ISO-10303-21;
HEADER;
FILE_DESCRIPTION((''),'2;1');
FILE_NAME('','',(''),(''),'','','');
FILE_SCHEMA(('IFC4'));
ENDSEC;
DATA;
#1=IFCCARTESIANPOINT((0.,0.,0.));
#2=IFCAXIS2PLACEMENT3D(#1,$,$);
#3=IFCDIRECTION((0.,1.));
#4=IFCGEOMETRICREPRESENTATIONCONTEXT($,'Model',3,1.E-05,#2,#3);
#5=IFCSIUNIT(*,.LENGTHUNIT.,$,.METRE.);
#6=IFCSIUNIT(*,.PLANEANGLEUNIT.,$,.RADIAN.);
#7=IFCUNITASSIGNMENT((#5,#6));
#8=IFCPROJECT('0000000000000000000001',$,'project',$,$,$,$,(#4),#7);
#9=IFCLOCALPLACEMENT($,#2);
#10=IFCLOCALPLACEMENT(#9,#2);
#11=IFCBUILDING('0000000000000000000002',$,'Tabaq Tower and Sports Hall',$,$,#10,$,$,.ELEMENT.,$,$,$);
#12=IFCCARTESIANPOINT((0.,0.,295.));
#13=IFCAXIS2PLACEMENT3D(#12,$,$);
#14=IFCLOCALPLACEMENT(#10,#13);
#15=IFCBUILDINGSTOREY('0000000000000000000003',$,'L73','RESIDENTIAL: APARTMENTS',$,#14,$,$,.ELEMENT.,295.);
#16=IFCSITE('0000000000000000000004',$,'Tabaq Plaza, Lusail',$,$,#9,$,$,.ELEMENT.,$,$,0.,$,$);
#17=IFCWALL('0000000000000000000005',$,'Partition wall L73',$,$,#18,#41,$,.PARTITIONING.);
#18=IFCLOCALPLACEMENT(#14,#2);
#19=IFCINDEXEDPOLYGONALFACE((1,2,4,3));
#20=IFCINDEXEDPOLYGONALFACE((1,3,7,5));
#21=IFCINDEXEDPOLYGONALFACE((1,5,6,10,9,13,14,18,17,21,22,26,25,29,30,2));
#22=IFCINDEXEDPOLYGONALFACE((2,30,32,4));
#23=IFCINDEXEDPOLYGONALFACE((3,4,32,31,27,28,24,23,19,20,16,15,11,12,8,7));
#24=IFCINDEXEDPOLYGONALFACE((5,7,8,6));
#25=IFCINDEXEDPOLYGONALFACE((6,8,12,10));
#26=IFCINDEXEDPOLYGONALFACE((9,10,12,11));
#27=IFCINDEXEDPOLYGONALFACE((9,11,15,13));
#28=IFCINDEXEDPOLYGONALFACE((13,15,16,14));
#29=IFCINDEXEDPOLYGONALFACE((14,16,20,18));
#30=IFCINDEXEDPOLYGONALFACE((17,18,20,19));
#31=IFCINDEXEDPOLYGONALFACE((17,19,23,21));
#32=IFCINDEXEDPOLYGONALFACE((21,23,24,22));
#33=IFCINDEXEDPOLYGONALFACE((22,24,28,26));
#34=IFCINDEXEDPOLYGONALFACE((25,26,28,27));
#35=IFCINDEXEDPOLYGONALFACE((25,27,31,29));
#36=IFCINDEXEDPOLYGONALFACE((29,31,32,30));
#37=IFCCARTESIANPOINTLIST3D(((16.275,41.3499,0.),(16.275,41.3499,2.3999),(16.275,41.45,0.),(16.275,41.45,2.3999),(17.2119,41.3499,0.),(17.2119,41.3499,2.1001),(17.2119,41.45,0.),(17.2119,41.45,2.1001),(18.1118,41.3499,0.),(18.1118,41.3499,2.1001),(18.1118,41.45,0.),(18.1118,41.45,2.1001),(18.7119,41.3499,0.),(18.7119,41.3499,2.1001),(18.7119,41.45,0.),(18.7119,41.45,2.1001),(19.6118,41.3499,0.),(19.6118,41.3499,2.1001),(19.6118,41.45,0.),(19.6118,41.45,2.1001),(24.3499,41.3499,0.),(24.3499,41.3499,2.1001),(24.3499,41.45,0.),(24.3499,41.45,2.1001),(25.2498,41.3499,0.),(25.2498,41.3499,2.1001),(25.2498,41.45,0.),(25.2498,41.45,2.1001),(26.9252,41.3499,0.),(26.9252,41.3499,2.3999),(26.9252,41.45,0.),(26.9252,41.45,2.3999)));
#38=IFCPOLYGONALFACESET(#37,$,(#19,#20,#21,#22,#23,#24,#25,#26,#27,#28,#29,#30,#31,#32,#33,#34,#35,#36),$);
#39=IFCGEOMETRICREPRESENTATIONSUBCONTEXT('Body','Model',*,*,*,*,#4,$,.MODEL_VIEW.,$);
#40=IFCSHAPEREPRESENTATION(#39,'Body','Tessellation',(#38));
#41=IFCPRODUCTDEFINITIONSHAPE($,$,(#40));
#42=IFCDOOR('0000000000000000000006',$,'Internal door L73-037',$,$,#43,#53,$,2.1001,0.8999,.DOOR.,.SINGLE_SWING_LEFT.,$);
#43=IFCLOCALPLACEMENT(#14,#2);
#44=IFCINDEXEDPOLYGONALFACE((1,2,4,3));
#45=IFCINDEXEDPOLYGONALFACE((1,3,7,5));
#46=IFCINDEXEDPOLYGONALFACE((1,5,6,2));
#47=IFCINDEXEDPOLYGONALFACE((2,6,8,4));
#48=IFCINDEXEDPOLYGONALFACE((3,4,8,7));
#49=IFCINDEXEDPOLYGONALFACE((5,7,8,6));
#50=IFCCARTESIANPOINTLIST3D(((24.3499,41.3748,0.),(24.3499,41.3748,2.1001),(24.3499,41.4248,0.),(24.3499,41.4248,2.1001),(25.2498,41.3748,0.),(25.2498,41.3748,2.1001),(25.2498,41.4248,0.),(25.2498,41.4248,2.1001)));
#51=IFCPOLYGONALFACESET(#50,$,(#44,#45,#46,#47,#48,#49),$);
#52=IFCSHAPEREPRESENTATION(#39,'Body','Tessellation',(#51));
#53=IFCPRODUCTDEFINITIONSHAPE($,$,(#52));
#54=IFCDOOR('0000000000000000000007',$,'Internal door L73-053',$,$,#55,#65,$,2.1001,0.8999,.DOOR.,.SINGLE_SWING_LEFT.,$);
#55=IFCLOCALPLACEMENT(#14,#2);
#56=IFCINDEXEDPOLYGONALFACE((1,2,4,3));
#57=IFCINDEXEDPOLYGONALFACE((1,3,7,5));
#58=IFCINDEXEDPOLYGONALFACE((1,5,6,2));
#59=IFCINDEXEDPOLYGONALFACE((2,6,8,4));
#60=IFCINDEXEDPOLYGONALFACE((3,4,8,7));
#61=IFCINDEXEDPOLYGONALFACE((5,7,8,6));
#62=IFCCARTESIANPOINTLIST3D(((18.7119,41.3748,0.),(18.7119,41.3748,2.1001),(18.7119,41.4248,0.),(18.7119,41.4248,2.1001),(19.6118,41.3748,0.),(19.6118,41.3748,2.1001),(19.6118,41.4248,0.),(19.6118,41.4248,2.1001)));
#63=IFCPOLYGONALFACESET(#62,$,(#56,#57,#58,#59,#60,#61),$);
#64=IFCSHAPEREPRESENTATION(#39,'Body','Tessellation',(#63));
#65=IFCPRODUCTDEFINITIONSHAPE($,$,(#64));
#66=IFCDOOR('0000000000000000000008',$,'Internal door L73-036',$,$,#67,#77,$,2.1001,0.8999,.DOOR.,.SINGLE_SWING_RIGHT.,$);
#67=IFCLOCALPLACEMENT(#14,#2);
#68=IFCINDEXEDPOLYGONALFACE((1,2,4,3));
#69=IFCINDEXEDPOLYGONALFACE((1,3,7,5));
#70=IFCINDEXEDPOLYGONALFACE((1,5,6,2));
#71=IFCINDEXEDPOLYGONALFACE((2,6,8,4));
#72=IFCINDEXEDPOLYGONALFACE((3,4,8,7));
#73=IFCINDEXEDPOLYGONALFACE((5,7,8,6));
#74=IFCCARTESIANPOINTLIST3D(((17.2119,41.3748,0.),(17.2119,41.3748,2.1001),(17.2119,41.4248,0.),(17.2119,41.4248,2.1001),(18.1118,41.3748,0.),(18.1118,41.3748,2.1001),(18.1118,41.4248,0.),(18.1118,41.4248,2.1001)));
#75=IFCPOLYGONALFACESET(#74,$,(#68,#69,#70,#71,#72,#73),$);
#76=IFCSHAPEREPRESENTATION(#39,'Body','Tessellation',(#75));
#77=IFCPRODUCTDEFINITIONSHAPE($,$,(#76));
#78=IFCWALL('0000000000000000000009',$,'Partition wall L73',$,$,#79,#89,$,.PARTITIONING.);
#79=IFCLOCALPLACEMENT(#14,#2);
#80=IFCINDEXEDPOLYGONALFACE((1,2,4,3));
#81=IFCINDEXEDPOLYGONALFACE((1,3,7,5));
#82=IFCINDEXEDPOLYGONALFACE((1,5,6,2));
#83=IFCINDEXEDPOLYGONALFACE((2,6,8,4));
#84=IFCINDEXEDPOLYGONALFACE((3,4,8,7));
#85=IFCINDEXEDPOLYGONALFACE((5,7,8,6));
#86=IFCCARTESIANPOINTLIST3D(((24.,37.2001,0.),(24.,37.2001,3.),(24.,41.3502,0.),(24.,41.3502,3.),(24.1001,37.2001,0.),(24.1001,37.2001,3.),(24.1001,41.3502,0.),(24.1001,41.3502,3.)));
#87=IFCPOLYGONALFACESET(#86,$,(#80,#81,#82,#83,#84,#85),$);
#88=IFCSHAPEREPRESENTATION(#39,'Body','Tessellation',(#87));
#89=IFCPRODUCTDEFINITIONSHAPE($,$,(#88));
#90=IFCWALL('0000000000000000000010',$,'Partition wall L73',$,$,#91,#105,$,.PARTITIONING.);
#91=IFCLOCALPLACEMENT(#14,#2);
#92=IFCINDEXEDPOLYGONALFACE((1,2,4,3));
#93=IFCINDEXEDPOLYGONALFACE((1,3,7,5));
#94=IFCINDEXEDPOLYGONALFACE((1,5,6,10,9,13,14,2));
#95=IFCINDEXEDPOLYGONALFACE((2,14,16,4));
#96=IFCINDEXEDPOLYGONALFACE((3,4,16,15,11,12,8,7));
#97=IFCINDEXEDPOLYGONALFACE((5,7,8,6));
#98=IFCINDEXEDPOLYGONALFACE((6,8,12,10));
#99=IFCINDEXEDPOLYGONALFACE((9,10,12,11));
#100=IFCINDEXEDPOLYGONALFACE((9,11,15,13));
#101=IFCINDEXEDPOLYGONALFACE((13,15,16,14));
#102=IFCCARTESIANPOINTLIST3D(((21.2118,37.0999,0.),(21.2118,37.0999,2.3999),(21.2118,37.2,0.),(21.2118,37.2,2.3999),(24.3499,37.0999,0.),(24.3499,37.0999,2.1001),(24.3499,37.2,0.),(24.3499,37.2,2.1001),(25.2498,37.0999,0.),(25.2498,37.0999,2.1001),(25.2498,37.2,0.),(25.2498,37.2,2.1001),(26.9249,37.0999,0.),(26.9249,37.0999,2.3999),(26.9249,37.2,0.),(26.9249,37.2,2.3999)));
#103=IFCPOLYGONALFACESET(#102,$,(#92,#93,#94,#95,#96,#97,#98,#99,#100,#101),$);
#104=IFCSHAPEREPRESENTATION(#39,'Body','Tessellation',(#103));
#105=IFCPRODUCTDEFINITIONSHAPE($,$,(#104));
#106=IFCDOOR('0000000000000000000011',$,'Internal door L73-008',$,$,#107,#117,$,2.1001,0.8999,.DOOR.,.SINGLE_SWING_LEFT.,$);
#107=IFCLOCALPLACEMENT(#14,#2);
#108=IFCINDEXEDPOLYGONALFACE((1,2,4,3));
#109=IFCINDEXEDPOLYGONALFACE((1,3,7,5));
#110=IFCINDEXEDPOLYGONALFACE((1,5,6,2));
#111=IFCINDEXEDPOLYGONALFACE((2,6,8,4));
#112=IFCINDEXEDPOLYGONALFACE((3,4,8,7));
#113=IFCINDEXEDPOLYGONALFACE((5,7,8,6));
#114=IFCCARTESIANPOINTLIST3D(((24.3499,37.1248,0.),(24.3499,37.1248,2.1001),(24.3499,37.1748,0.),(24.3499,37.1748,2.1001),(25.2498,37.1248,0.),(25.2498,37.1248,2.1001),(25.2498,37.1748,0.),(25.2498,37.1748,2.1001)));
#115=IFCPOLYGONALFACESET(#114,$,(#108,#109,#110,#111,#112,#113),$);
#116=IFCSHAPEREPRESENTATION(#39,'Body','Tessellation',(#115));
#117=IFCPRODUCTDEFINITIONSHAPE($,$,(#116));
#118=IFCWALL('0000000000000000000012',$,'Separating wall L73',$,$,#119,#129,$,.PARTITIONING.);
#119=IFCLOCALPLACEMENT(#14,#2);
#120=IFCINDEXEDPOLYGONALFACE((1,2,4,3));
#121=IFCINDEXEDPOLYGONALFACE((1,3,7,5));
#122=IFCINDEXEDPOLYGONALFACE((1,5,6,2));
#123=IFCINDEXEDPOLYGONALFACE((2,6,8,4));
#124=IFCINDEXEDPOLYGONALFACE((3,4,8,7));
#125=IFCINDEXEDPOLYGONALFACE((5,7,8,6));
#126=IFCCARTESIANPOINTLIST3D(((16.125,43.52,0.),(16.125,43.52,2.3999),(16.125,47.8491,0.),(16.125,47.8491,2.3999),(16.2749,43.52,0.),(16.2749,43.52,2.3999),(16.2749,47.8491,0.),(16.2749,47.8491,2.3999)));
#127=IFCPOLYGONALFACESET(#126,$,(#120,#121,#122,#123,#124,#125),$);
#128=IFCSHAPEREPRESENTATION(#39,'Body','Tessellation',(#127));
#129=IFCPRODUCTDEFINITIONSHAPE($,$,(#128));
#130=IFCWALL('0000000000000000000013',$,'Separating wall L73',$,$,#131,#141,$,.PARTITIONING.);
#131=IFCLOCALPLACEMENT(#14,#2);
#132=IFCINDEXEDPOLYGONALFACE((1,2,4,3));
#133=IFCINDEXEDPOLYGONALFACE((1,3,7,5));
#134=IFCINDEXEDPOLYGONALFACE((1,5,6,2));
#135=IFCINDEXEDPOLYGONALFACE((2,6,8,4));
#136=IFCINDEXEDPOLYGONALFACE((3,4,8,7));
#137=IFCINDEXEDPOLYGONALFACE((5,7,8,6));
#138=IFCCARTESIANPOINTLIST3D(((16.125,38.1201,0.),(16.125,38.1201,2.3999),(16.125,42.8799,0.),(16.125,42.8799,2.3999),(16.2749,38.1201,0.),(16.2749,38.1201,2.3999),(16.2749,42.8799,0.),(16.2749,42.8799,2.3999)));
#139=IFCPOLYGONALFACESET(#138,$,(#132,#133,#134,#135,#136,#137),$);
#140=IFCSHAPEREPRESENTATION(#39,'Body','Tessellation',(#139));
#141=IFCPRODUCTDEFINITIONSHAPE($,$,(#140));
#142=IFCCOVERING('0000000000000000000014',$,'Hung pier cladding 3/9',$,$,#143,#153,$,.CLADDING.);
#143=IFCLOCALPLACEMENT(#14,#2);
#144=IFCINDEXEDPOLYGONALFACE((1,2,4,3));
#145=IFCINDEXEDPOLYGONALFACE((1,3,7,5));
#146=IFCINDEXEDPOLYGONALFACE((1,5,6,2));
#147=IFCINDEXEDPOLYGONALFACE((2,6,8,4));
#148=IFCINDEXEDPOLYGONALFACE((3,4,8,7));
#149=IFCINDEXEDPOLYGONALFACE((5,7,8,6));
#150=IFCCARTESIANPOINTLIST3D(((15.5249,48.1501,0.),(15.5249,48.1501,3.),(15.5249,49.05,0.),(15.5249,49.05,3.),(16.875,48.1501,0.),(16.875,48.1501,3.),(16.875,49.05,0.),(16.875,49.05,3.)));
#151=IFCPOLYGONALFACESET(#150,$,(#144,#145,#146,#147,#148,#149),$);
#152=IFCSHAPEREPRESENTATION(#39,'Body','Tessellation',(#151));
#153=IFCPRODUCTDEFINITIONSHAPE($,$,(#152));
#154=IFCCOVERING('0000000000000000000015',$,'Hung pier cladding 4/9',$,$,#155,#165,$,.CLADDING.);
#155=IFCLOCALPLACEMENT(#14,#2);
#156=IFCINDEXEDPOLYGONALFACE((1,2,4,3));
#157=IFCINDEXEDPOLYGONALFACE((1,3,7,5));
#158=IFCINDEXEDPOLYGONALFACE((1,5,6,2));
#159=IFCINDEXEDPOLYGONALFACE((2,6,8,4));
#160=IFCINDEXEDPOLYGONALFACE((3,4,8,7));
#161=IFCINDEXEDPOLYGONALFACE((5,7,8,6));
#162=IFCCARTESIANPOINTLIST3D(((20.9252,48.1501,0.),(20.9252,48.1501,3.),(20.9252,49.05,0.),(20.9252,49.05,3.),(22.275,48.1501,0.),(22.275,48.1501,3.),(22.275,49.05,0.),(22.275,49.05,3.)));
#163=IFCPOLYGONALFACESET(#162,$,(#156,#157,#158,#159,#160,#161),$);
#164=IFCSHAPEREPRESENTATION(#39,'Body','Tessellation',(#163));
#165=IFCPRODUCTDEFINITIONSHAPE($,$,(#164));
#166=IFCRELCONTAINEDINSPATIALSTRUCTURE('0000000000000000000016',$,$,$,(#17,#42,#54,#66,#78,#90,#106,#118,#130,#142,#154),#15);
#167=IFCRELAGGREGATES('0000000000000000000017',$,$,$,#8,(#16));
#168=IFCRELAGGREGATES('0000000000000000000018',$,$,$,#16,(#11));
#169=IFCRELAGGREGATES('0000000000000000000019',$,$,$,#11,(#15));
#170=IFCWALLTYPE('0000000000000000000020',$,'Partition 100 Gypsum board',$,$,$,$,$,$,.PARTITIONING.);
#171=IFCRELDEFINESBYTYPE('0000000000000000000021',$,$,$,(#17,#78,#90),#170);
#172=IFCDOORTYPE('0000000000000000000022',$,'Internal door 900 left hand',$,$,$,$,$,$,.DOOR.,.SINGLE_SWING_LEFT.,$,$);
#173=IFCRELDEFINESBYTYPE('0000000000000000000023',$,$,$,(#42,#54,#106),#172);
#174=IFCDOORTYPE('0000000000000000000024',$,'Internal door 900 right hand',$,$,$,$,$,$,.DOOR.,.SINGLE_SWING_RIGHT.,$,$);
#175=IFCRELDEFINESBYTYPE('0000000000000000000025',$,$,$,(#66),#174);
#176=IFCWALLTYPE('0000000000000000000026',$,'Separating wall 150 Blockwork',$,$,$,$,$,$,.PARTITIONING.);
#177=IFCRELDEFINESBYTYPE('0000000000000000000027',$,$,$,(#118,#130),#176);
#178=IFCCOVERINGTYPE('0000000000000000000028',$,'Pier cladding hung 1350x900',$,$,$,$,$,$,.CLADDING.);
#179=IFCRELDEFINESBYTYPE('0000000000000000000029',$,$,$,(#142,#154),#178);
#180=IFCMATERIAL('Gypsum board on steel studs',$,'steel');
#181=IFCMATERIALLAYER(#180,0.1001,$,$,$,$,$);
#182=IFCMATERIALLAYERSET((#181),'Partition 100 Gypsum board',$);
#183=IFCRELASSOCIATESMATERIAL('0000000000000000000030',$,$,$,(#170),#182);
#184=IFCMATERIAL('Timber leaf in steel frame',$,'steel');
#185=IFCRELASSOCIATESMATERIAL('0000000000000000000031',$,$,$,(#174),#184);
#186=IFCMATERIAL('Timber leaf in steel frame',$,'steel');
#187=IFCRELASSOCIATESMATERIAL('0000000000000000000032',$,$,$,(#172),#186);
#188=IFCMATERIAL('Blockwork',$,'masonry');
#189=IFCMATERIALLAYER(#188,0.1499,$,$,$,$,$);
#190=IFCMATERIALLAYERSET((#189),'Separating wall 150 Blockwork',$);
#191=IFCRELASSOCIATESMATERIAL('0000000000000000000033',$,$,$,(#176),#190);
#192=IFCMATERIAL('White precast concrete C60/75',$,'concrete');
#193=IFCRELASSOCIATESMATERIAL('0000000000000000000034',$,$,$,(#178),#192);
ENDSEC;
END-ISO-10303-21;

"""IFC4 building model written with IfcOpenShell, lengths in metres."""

from ifc_helpers import new_model, si_unit, direction, frame, frame_2d, origin, place, context, subcontext, project, spatial, rectangle, extrude, material, layer, layer_set, type_object, element, fill, save


model = new_model("IFC4")

# Units and contexts
model_context = context("Model", 3, precision=1e-05, world=origin(), true_north=direction((0.0, 1.0)))
body_context = subcontext(model_context, "Body", "Model", "MODEL_VIEW")
ifc_project = project(units=[si_unit("LENGTHUNIT", "METRE"), si_unit("PLANEANGLEUNIT", "RADIAN")], contexts=[model_context])

# Site, building, storey
site_placement = place(None, origin())
site = spatial("IfcSite", under=ifc_project, at=site_placement, Name="Tabaq Plaza, Lusail", CompositionType="ELEMENT", RefElevation=0.0)
building_placement = place(site_placement, origin())
building = spatial("IfcBuilding", under=site, at=building_placement, Name="Tabaq Tower and Sports Hall", CompositionType="ELEMENT")
storey_placement = place(building_placement, frame((0.0, 0.0, 295.0)))
storey = spatial("IfcBuildingStorey", under=building, at=storey_placement, Name="L73", Description="RESIDENTIAL: APARTMENTS", CompositionType="ELEMENT", Elevation=295.0)

# Shared definitions
ifc_material_1 = material(Name="Gypsum board on steel studs", Category="steel")
ifc_layer_1 = layer(ifc_material_1, 0.1001)
ifc_layer_set_1 = layer_set([ifc_layer_1], Name="Partition 100 Gypsum board")
wall_type_1 = type_object("IfcWallType", Name="Partition 100 Gypsum board", PredefinedType="PARTITIONING", material=ifc_layer_set_1)

# Shared definitions
ifc_material_2 = material(Name="Timber leaf in steel frame", Category="steel")
door_type_1 = type_object("IfcDoorType", Name="Internal door 900 right hand", OperationType="SINGLE_SWING_RIGHT", PredefinedType="DOOR", material=ifc_material_2)

# Wall, openings, doors
wall_1_placement = place(storey_placement, frame((16.2749, 41.3999, 0.0), z_axis=(0.0, 0.0, 1.0), x_axis=(1.0, 0.0, 0.0)))
wall_1 = element("IfcWall", 1, at=wall_1_placement, inside=storey, type_object=wall_type_1, Name="Partition wall L73", PredefinedType="PARTITIONING", context=body_context, shape_type="SweptSolid", body=[
    extrude(rectangle(XDim=10.6501, YDim=0.1001, at=frame_2d((5.3252, 0.0))), origin(), (0.0, 0.0, 1.0), 2.3999),
])
opening_1_placement = place(wall_1_placement, frame((0.937, 0.0, 0.0)))
opening_1 = element("IfcOpeningElement", 2, at=opening_1_placement, cuts=wall_1, PredefinedType="OPENING", context=body_context, shape_type="SweptSolid", body=[
    extrude(rectangle(XDim=0.8999, YDim=2.1001, at=frame_2d((0.45, 1.05))), frame((0.0, 0.05, 0.0), z_axis=(0.0, -1.0, 0.0), x_axis=(1.0, 0.0, 0.0)), (0.0, 0.0, 1.0), 0.1001),
])
opening_2_placement = place(wall_1_placement, frame((8.075, 0.0, 0.0)))
opening_2 = element("IfcOpeningElement", 3, at=opening_2_placement, cuts=wall_1, PredefinedType="OPENING", context=body_context, shape_type="SweptSolid", body=[
    extrude(rectangle(XDim=0.8999, YDim=2.1001, at=frame_2d((0.45, 1.05))), frame((0.0, 0.05, 0.0), z_axis=(0.0, -1.0, 0.0), x_axis=(1.0, 0.0, 0.0)), (0.0, 0.0, 1.0), 0.1001),
])
opening_3_placement = place(wall_1_placement, frame((2.437, 0.0, 0.0)))
opening_3 = element("IfcOpeningElement", 4, at=opening_3_placement, cuts=wall_1, PredefinedType="OPENING", context=body_context, shape_type="SweptSolid", body=[
    extrude(rectangle(XDim=0.8999, YDim=2.1001, at=frame_2d((0.45, 1.05))), frame((0.0, 0.05, 0.0), z_axis=(0.0, -1.0, 0.0), x_axis=(1.0, 0.0, 0.0)), (0.0, 0.0, 1.0), 0.1001),
])
ifc_material_3 = material(Name="Timber leaf in steel frame", Category="steel")
door_type_2 = type_object("IfcDoorType", Name="Internal door 900 left hand", OperationType="SINGLE_SWING_LEFT", PredefinedType="DOOR", material=ifc_material_3)
door_1_placement = place(opening_2_placement, origin())
door_1 = element("IfcDoor", 5, at=door_1_placement, inside=storey, type_object=door_type_2, Name="Internal door L73-037", OperationType="SINGLE_SWING_LEFT", OverallHeight=2.1001, OverallWidth=0.8999, PredefinedType="DOOR", context=body_context, shape_type="SweptSolid", body=[
    extrude(rectangle(XDim=0.8999, YDim=2.1001, at=frame_2d((0.45, 1.05))), frame((0.0, 0.0249, 0.0), z_axis=(0.0, -1.0, 0.0), x_axis=(1.0, 0.0, 0.0)), (0.0, 0.0, 1.0), 0.05),
])
fill(opening_2, door_1)
door_2_placement = place(opening_3_placement, origin())
door_2 = element("IfcDoor", 6, at=door_2_placement, inside=storey, type_object=door_type_2, Name="Internal door L73-053", OperationType="SINGLE_SWING_LEFT", OverallHeight=2.1001, OverallWidth=0.8999, PredefinedType="DOOR", context=body_context, shape_type="SweptSolid", body=[
    extrude(rectangle(XDim=0.8999, YDim=2.1001, at=frame_2d((0.45, 1.05))), frame((0.0, 0.0249, 0.0), z_axis=(0.0, -1.0, 0.0), x_axis=(1.0, 0.0, 0.0)), (0.0, 0.0, 1.0), 0.05),
])
fill(opening_3, door_2)
door_3_placement = place(opening_1_placement, origin())
door_3 = element("IfcDoor", 7, at=door_3_placement, inside=storey, type_object=door_type_1, Name="Internal door L73-036", OperationType="SINGLE_SWING_RIGHT", OverallHeight=2.1001, OverallWidth=0.8999, PredefinedType="DOOR", context=body_context, shape_type="SweptSolid", body=[
    extrude(rectangle(XDim=0.8999, YDim=2.1001, at=frame_2d((0.45, 1.05))), frame((0.0, 0.0249, 0.0), z_axis=(0.0, -1.0, 0.0), x_axis=(1.0, 0.0, 0.0)), (0.0, 0.0, 1.0), 0.05),
])
fill(opening_1, door_3)

# Wall
wall_2_placement = place(storey_placement, frame((24.05, 37.2, 0.0), z_axis=(0.0, 0.0, 1.0), x_axis=(0.0, 1.0, 0.0)))
element("IfcWall", 8, at=wall_2_placement, inside=storey, type_object=wall_type_1, Name="Partition wall L73", PredefinedType="PARTITIONING", context=body_context, shape_type="SweptSolid", body=[
    extrude(rectangle(XDim=4.1501, YDim=0.1001, at=frame_2d((2.0752, 0.0))), origin(), (0.0, 0.0, 1.0), 3.0),
])

# Wall, opening, door
wall_3_placement = place(storey_placement, frame((21.2119, 37.1499, 0.0), z_axis=(0.0, 0.0, 1.0), x_axis=(1.0, 0.0, 0.0)))
wall_3 = element("IfcWall", 9, at=wall_3_placement, inside=storey, type_object=wall_type_1, Name="Partition wall L73", PredefinedType="PARTITIONING", context=body_context, shape_type="SweptSolid", body=[
    extrude(rectangle(XDim=5.7131, YDim=0.1001, at=frame_2d((2.8564, 0.0))), origin(), (0.0, 0.0, 1.0), 2.3999),
])
opening_4_placement = place(wall_3_placement, frame((3.1379, 0.0, 0.0)))
opening_4 = element("IfcOpeningElement", 10, at=opening_4_placement, cuts=wall_3, PredefinedType="OPENING", context=body_context, shape_type="SweptSolid", body=[
    extrude(rectangle(XDim=0.8999, YDim=2.1001, at=frame_2d((0.45, 1.05))), frame((0.0, 0.05, 0.0), z_axis=(0.0, -1.0, 0.0), x_axis=(1.0, 0.0, 0.0)), (0.0, 0.0, 1.0), 0.1001),
])
door_4_placement = place(opening_4_placement, origin())
door_4 = element("IfcDoor", 11, at=door_4_placement, inside=storey, type_object=door_type_2, Name="Internal door L73-008", OperationType="SINGLE_SWING_LEFT", OverallHeight=2.1001, OverallWidth=0.8999, PredefinedType="DOOR", context=body_context, shape_type="SweptSolid", body=[
    extrude(rectangle(XDim=0.8999, YDim=2.1001, at=frame_2d((0.45, 1.05))), frame((0.0, 0.0249, 0.0), z_axis=(0.0, -1.0, 0.0), x_axis=(1.0, 0.0, 0.0)), (0.0, 0.0, 1.0), 0.05),
])
fill(opening_4, door_4)

# Walls
ifc_material_4 = material(Name="Blockwork", Category="masonry")
ifc_layer_2 = layer(ifc_material_4, 0.1499)
ifc_layer_set_2 = layer_set([ifc_layer_2], Name="Separating wall 150 Blockwork")
wall_type_2 = type_object("IfcWallType", Name="Separating wall 150 Blockwork", PredefinedType="PARTITIONING", material=ifc_layer_set_2)
wall_4_placement = place(storey_placement, frame((16.2, 43.52, 0.0), z_axis=(0.0, 0.0, 1.0), x_axis=(0.0, 1.0, 0.0)))
element("IfcWall", 12, at=wall_4_placement, inside=storey, type_object=wall_type_2, Name="Separating wall L73", PredefinedType="PARTITIONING", context=body_context, shape_type="SweptSolid", body=[
    extrude(rectangle(XDim=4.3291, YDim=0.1499, at=frame_2d((2.1646, 0.0))), origin(), (0.0, 0.0, 1.0), 2.3999),
])
wall_5_placement = place(storey_placement, frame((16.2, 38.1201, 0.0), z_axis=(0.0, 0.0, 1.0), x_axis=(0.0, 1.0, 0.0)))
element("IfcWall", 13, at=wall_5_placement, inside=storey, type_object=wall_type_2, Name="Separating wall L73", PredefinedType="PARTITIONING", context=body_context, shape_type="SweptSolid", body=[
    extrude(rectangle(XDim=4.7598, YDim=0.1499, at=frame_2d((2.3799, 0.0))), origin(), (0.0, 0.0, 1.0), 2.3999),
])

# Coverings
ifc_material_5 = material(Name="White precast concrete C60/75", Category="concrete")
covering_type_1 = type_object("IfcCoveringType", Name="Pier cladding hung 1350x900", PredefinedType="CLADDING", material=ifc_material_5)
covering_1_placement = place(storey_placement, frame((16.875, 48.6001, 0.0), z_axis=(0.0, 0.0, 1.0), x_axis=(-1.0, 0.0, 0.0)))
element("IfcCovering", 14, at=covering_1_placement, inside=storey, type_object=covering_type_1, Name="Hung pier cladding 3/9", PredefinedType="CLADDING", context=body_context, shape_type="SweptSolid", body=[
    extrude(rectangle(XDim=1.3501, YDim=0.8999, at=frame_2d((0.675, 0.0))), origin(), (0.0, 0.0, 1.0), 3.0),
])
covering_2_placement = place(storey_placement, frame((22.2749, 48.6001, 0.0), z_axis=(0.0, 0.0, 1.0), x_axis=(-1.0, 0.0, 0.0)))
element("IfcCovering", 15, at=covering_2_placement, inside=storey, type_object=covering_type_1, Name="Hung pier cladding 4/9", PredefinedType="CLADDING", context=body_context, shape_type="SweptSolid", body=[
    extrude(rectangle(XDim=1.3499, YDim=0.8999, at=frame_2d((0.6748, 0.0))), origin(), (0.0, 0.0, 1.0), 3.0),
])

save(model, "model.ifc")
